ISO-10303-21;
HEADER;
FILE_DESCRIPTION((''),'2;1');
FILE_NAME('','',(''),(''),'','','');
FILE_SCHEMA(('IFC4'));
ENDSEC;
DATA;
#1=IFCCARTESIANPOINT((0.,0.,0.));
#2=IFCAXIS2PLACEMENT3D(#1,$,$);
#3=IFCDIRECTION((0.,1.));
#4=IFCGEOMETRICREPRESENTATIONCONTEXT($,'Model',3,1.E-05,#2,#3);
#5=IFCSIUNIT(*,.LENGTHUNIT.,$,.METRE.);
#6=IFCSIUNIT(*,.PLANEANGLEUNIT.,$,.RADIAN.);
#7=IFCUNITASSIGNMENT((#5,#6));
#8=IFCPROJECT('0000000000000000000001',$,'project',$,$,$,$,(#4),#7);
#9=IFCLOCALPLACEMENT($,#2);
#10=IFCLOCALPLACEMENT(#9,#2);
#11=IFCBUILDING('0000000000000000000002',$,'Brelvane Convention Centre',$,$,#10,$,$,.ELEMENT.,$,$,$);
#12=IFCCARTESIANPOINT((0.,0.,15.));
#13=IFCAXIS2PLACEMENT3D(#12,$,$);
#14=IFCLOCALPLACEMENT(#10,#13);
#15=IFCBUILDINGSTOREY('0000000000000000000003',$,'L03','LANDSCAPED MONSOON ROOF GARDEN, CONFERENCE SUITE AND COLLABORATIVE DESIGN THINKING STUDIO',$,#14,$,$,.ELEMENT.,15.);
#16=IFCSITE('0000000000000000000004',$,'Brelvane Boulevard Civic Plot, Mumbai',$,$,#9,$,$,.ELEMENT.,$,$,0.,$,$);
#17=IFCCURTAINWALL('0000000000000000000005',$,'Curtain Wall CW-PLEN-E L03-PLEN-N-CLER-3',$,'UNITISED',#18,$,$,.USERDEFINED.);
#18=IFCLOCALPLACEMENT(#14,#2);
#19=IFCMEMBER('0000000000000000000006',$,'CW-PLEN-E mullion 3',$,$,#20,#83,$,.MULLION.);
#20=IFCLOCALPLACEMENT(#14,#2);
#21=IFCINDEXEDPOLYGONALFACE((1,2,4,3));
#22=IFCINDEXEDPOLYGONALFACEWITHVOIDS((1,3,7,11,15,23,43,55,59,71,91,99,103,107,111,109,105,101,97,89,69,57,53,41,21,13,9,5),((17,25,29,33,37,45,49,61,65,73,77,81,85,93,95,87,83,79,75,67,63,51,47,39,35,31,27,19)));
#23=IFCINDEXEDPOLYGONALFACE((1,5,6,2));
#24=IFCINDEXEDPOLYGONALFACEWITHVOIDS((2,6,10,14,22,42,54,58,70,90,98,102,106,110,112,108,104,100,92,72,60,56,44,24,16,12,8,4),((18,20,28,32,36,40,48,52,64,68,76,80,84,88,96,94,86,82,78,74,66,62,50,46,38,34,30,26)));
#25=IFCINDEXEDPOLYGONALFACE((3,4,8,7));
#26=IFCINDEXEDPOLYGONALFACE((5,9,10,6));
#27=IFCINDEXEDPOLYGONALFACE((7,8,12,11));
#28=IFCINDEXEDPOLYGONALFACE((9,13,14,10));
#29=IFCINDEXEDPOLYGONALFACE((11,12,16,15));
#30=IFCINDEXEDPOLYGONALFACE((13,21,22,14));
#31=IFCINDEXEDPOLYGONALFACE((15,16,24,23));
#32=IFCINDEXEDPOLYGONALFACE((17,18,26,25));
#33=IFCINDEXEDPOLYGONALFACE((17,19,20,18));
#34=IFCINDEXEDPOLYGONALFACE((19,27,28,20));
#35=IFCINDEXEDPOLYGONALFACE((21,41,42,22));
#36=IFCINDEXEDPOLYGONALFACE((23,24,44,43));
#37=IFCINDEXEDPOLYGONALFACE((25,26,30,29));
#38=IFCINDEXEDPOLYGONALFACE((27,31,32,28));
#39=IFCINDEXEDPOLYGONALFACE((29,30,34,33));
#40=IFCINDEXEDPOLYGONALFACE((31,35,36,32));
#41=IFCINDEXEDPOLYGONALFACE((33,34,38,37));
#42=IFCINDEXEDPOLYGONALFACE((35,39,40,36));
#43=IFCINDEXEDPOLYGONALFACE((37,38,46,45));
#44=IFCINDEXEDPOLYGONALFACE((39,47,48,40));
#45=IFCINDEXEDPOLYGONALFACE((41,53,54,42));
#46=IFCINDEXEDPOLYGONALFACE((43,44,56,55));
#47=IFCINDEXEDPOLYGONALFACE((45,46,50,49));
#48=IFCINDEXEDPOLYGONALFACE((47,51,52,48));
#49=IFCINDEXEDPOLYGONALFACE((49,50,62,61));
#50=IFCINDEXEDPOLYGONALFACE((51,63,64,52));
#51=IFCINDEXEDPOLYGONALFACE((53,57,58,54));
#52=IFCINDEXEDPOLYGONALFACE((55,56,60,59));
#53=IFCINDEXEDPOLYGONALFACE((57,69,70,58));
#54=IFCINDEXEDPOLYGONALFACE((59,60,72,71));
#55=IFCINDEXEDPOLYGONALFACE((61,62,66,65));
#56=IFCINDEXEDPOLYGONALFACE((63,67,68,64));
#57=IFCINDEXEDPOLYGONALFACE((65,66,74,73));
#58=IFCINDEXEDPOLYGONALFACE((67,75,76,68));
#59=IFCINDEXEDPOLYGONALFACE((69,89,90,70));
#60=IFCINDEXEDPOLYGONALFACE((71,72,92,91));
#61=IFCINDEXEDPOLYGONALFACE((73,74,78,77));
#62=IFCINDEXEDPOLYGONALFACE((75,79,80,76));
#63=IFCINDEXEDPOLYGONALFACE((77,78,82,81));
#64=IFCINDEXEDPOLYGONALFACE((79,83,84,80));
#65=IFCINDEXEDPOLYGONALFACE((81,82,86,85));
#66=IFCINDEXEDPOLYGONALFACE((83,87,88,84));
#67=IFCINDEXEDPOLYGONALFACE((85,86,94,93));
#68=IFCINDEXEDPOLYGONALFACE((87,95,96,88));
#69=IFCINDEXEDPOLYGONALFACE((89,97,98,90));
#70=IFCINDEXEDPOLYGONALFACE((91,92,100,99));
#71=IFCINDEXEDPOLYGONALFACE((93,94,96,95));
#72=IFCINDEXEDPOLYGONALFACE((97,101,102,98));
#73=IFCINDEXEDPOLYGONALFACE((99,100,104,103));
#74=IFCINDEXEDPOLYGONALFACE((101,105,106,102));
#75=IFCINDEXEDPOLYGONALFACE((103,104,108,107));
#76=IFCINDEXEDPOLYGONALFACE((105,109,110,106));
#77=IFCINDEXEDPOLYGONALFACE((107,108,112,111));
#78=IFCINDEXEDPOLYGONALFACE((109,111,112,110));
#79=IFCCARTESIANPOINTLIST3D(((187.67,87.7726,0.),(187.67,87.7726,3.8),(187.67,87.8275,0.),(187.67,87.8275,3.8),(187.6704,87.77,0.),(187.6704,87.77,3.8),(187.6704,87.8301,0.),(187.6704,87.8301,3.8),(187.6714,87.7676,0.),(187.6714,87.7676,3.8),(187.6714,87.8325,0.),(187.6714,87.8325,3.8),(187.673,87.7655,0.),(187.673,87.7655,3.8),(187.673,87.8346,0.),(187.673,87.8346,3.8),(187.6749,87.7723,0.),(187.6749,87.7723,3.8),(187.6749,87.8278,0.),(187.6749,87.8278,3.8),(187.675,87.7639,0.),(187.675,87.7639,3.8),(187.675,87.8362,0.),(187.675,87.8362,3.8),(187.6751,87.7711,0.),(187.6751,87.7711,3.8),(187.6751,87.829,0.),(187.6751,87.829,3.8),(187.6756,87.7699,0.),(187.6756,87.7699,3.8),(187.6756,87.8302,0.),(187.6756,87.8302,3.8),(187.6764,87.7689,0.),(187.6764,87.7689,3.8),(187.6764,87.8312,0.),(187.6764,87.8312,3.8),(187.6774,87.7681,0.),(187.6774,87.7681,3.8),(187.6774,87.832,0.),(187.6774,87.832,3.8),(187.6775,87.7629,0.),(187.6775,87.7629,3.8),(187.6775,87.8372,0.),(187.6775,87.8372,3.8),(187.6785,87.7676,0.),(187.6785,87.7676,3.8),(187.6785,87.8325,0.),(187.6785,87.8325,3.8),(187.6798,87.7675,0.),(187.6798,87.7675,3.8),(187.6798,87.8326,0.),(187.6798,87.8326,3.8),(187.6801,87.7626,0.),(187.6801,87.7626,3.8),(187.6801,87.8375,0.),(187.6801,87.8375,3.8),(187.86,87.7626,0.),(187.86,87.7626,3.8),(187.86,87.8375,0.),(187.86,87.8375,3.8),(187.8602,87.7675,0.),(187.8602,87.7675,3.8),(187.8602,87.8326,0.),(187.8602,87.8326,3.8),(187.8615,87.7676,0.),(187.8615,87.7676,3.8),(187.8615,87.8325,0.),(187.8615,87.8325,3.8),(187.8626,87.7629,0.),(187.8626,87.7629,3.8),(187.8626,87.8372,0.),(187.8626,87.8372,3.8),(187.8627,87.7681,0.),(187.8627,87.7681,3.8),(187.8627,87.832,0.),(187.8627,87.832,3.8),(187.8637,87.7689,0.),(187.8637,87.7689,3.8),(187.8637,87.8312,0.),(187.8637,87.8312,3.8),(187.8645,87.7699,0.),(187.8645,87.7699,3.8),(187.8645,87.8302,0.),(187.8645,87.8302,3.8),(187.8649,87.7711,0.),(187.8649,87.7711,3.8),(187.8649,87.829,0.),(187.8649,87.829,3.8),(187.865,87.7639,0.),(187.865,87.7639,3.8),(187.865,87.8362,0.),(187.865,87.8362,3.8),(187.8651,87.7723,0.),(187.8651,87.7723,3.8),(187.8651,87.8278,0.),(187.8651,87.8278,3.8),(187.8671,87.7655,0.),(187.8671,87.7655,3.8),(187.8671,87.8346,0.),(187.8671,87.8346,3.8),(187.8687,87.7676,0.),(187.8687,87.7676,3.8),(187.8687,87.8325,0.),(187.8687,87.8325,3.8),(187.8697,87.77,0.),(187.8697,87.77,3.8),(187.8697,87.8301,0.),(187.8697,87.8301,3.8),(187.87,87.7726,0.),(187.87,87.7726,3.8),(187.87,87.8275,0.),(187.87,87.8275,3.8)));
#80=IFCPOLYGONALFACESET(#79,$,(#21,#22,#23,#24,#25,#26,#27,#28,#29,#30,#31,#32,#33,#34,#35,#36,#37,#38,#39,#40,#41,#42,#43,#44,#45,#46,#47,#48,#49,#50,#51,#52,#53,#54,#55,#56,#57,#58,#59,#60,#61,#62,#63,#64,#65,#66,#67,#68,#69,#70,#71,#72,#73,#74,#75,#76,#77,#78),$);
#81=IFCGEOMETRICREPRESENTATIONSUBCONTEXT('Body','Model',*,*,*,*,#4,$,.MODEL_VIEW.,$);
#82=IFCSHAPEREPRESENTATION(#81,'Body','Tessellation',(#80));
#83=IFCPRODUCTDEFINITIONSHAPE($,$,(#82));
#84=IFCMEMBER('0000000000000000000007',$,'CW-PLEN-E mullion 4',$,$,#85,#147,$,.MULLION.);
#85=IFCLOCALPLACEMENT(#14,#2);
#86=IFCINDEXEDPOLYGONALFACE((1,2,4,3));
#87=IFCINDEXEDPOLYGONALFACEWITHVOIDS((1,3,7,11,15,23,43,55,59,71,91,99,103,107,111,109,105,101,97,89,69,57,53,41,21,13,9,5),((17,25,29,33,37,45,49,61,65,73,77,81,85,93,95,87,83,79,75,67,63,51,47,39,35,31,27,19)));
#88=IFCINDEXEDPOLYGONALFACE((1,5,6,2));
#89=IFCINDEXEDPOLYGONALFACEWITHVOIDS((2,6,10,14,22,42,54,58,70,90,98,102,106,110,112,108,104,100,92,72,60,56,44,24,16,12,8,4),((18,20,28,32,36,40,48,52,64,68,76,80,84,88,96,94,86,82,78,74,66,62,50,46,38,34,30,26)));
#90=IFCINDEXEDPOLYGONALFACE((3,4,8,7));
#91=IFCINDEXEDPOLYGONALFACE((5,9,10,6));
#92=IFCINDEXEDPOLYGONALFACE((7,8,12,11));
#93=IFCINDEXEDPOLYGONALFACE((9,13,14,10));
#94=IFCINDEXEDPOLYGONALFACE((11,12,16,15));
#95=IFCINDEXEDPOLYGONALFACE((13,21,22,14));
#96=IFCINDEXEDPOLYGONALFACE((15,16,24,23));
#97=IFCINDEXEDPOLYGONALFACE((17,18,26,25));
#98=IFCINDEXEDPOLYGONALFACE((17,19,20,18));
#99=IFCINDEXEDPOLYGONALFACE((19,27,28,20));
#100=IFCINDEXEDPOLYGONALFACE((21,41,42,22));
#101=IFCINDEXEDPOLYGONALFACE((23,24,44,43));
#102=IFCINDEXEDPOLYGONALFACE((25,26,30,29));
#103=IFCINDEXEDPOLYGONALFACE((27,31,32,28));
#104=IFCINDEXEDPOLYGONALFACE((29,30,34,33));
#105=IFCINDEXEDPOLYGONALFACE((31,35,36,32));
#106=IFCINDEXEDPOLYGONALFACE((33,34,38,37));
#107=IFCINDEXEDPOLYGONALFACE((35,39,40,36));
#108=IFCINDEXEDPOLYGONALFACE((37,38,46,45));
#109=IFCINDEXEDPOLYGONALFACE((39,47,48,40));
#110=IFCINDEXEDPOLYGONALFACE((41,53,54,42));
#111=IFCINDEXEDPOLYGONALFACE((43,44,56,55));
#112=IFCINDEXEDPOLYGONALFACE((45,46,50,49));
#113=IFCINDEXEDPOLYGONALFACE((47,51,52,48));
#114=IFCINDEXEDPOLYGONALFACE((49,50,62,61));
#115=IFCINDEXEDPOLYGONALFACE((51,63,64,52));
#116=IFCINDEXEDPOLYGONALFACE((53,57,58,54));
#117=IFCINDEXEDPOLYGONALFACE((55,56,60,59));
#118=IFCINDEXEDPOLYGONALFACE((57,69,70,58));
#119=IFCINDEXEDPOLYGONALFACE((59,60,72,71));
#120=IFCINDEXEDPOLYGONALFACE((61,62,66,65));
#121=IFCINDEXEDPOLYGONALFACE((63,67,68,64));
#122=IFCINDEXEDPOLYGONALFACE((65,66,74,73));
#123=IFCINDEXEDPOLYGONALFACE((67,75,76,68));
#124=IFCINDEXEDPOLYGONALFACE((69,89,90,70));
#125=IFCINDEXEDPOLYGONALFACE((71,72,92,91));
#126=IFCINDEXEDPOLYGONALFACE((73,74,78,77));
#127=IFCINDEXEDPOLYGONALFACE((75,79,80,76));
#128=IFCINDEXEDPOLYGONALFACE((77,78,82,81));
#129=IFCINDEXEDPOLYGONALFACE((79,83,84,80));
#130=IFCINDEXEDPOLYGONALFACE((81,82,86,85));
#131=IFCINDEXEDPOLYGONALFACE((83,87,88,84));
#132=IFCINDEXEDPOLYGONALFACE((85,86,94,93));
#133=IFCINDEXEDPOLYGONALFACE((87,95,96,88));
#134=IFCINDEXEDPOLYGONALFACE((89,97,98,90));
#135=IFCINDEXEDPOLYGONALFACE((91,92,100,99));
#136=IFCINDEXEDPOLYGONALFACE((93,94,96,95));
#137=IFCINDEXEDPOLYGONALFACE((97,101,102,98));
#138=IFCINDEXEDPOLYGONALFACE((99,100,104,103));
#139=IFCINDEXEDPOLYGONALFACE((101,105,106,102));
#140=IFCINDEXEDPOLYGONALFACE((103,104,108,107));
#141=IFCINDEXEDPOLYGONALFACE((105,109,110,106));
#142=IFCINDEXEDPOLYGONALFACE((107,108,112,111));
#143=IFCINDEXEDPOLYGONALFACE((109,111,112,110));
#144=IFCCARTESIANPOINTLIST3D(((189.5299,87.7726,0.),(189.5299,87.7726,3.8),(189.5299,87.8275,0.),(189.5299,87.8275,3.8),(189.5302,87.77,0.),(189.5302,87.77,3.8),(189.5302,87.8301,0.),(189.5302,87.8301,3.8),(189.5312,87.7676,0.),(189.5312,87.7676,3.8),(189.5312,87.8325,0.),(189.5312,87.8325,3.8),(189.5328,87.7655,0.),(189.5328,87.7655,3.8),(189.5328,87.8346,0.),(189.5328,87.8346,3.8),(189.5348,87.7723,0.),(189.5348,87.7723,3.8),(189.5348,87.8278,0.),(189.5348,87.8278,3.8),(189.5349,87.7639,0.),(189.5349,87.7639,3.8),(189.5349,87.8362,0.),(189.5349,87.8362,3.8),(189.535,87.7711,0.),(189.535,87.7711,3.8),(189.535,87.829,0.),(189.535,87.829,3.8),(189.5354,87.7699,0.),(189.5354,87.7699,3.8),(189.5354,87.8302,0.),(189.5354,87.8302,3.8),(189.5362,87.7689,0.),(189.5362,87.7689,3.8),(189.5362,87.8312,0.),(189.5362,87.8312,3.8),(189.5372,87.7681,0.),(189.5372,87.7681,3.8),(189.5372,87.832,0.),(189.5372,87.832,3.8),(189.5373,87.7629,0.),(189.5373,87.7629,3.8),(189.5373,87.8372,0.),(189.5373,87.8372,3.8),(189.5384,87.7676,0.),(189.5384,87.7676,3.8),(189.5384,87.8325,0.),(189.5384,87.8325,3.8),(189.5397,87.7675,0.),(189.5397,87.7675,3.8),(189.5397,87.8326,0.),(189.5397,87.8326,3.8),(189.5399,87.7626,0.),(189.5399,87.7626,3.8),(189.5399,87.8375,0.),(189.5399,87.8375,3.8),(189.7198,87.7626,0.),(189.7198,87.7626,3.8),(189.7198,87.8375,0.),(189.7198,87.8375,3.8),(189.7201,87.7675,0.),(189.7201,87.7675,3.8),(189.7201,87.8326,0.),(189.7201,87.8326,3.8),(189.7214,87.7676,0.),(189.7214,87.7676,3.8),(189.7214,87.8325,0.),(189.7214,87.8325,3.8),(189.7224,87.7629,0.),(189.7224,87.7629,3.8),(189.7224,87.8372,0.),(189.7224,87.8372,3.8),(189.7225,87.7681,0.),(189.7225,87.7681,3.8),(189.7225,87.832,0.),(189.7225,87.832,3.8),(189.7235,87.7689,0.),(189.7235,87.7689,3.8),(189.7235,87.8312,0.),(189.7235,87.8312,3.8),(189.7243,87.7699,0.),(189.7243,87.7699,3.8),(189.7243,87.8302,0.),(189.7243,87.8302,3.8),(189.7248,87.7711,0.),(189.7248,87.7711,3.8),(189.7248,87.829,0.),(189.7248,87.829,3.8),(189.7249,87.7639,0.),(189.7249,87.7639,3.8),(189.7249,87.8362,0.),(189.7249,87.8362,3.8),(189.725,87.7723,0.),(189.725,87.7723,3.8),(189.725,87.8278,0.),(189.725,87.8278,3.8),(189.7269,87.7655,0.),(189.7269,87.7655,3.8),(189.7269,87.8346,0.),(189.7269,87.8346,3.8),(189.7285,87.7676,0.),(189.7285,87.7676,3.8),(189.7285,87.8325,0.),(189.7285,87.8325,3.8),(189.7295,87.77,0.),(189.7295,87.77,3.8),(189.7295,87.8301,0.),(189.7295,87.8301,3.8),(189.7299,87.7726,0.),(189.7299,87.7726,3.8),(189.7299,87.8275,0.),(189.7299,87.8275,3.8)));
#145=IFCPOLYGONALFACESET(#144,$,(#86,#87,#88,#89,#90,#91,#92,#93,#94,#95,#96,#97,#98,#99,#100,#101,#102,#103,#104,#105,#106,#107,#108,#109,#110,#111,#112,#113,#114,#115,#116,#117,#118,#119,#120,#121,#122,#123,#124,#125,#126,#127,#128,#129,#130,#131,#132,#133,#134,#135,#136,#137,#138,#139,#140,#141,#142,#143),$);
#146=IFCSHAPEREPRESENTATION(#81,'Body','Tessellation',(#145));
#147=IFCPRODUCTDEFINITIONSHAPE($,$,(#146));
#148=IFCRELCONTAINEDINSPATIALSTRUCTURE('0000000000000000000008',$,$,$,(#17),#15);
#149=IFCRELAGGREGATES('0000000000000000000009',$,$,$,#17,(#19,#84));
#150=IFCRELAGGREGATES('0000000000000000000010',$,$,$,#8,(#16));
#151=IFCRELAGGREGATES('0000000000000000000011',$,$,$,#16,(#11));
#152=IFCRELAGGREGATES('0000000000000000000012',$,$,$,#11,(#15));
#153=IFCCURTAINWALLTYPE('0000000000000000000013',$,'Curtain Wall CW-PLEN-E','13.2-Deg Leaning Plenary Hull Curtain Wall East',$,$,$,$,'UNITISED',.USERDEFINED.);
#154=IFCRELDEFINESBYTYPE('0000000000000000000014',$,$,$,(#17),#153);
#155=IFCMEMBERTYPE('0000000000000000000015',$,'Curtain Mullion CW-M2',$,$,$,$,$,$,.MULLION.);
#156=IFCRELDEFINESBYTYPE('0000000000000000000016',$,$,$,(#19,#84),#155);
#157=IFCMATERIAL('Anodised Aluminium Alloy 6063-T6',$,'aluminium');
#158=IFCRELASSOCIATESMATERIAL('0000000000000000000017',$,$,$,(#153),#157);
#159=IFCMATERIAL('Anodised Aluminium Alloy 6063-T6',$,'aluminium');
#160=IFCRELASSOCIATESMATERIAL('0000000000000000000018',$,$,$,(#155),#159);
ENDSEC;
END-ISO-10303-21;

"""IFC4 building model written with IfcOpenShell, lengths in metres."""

from ifc_helpers import new_model, si_unit, direction, frame, origin, origin_2d, place, context, subcontext, project, spatial, hollow_rectangle, extrude, material, material_profile, profile_set, type_object, element, aggregate, save


model = new_model("IFC4")

# Units and contexts
model_context = context("Model", 3, precision=1e-05, world=origin(), true_north=direction((0.0, 1.0)))
body_context = subcontext(model_context, "Body", "Model", "MODEL_VIEW")
ifc_project = project(units=[si_unit("LENGTHUNIT", "METRE"), si_unit("PLANEANGLEUNIT", "RADIAN")], contexts=[model_context])

# Site, building, storey
site_placement = place(None, origin())
site = spatial("IfcSite", under=ifc_project, at=site_placement, Name="Brelvane Boulevard Civic Plot, Mumbai", CompositionType="ELEMENT", RefElevation=0.0)
building_placement = place(site_placement, origin())
building = spatial("IfcBuilding", under=site, at=building_placement, Name="Brelvane Convention Centre", CompositionType="ELEMENT")
storey_placement = place(building_placement, frame((0.0, 0.0, 15.0)))
storey = spatial("IfcBuildingStorey", under=building, at=storey_placement, Name="L03", Description="LANDSCAPED MONSOON ROOF GARDEN, CONFERENCE SUITE AND COLLABORATIVE DESIGN THINKING STUDIO", CompositionType="ELEMENT", Elevation=15.0)

# Curtain wall, members
ifc_material_1 = material(Name="Anodised Aluminium Alloy 6063-T6", Category="aluminium")
curtain_wall_type = type_object("IfcCurtainWallType", Name="Curtain Wall CW-PLEN-E", Description="13.2-Deg Leaning Plenary Hull Curtain Wall East", ElementType="UNITISED", PredefinedType="USERDEFINED", material=ifc_material_1)
curtain_wall_placement = place(storey_placement, origin())
curtain_wall = element("IfcCurtainWall", 1, at=curtain_wall_placement, inside=storey, type_object=curtain_wall_type, Name="Curtain Wall CW-PLEN-E L03-PLEN-N-CLER-3", ObjectType="UNITISED", PredefinedType="USERDEFINED")
ifc_material_2 = material(Name="Anodised Aluminium Alloy 6063-T6", Category="aluminium")
ifc_material_profile_1 = material_profile(ifc_material_2, hollow_rectangle(XDim=0.075, YDim=0.2, WallThickness=0.0049, InnerFilletRadius=0.0049, OuterFilletRadius=0.01, at=origin_2d()), Name="ALU-M 200x75x5.0")
ifc_profile_set_1 = profile_set([ifc_material_profile_1], Name="Anodised Aluminium Alloy 6063-T6")
member_type_1 = type_object("IfcMemberType", Name="Curtain Mullion CW-M2", PredefinedType="MULLION", material=ifc_profile_set_1)
member_1_placement = place(storey_placement, frame((187.77, 87.8, 0.0), z_axis=(0.0, 0.0, 1.0), x_axis=(0.0, 1.0, 0.0)))
member_1 = element("IfcMember", 2, at=member_1_placement, type_object=member_type_1, Name="CW-PLEN-E mullion 3", PredefinedType="MULLION", context=body_context, shape_type="SweptSolid", body=[
    extrude(hollow_rectangle(XDim=0.075, YDim=0.2, WallThickness=0.0049, InnerFilletRadius=0.0049, OuterFilletRadius=0.01, at=origin_2d()), origin(), (0.0, 0.0, 1.0), 3.8),
])
member_2_placement = place(storey_placement, frame((189.6299, 87.8, 0.0), z_axis=(0.0, 0.0, 1.0), x_axis=(0.0, 1.0, 0.0)))
member_2 = element("IfcMember", 3, at=member_2_placement, type_object=member_type_1, Name="CW-PLEN-E mullion 4", PredefinedType="MULLION", context=body_context, shape_type="SweptSolid", body=[
    extrude(hollow_rectangle(XDim=0.075, YDim=0.2, WallThickness=0.0049, InnerFilletRadius=0.0049, OuterFilletRadius=0.01, at=origin_2d()), origin(), (0.0, 0.0, 1.0), 3.8),
])
aggregate(curtain_wall, [member_1, member_2])

save(model, "model.ifc")
